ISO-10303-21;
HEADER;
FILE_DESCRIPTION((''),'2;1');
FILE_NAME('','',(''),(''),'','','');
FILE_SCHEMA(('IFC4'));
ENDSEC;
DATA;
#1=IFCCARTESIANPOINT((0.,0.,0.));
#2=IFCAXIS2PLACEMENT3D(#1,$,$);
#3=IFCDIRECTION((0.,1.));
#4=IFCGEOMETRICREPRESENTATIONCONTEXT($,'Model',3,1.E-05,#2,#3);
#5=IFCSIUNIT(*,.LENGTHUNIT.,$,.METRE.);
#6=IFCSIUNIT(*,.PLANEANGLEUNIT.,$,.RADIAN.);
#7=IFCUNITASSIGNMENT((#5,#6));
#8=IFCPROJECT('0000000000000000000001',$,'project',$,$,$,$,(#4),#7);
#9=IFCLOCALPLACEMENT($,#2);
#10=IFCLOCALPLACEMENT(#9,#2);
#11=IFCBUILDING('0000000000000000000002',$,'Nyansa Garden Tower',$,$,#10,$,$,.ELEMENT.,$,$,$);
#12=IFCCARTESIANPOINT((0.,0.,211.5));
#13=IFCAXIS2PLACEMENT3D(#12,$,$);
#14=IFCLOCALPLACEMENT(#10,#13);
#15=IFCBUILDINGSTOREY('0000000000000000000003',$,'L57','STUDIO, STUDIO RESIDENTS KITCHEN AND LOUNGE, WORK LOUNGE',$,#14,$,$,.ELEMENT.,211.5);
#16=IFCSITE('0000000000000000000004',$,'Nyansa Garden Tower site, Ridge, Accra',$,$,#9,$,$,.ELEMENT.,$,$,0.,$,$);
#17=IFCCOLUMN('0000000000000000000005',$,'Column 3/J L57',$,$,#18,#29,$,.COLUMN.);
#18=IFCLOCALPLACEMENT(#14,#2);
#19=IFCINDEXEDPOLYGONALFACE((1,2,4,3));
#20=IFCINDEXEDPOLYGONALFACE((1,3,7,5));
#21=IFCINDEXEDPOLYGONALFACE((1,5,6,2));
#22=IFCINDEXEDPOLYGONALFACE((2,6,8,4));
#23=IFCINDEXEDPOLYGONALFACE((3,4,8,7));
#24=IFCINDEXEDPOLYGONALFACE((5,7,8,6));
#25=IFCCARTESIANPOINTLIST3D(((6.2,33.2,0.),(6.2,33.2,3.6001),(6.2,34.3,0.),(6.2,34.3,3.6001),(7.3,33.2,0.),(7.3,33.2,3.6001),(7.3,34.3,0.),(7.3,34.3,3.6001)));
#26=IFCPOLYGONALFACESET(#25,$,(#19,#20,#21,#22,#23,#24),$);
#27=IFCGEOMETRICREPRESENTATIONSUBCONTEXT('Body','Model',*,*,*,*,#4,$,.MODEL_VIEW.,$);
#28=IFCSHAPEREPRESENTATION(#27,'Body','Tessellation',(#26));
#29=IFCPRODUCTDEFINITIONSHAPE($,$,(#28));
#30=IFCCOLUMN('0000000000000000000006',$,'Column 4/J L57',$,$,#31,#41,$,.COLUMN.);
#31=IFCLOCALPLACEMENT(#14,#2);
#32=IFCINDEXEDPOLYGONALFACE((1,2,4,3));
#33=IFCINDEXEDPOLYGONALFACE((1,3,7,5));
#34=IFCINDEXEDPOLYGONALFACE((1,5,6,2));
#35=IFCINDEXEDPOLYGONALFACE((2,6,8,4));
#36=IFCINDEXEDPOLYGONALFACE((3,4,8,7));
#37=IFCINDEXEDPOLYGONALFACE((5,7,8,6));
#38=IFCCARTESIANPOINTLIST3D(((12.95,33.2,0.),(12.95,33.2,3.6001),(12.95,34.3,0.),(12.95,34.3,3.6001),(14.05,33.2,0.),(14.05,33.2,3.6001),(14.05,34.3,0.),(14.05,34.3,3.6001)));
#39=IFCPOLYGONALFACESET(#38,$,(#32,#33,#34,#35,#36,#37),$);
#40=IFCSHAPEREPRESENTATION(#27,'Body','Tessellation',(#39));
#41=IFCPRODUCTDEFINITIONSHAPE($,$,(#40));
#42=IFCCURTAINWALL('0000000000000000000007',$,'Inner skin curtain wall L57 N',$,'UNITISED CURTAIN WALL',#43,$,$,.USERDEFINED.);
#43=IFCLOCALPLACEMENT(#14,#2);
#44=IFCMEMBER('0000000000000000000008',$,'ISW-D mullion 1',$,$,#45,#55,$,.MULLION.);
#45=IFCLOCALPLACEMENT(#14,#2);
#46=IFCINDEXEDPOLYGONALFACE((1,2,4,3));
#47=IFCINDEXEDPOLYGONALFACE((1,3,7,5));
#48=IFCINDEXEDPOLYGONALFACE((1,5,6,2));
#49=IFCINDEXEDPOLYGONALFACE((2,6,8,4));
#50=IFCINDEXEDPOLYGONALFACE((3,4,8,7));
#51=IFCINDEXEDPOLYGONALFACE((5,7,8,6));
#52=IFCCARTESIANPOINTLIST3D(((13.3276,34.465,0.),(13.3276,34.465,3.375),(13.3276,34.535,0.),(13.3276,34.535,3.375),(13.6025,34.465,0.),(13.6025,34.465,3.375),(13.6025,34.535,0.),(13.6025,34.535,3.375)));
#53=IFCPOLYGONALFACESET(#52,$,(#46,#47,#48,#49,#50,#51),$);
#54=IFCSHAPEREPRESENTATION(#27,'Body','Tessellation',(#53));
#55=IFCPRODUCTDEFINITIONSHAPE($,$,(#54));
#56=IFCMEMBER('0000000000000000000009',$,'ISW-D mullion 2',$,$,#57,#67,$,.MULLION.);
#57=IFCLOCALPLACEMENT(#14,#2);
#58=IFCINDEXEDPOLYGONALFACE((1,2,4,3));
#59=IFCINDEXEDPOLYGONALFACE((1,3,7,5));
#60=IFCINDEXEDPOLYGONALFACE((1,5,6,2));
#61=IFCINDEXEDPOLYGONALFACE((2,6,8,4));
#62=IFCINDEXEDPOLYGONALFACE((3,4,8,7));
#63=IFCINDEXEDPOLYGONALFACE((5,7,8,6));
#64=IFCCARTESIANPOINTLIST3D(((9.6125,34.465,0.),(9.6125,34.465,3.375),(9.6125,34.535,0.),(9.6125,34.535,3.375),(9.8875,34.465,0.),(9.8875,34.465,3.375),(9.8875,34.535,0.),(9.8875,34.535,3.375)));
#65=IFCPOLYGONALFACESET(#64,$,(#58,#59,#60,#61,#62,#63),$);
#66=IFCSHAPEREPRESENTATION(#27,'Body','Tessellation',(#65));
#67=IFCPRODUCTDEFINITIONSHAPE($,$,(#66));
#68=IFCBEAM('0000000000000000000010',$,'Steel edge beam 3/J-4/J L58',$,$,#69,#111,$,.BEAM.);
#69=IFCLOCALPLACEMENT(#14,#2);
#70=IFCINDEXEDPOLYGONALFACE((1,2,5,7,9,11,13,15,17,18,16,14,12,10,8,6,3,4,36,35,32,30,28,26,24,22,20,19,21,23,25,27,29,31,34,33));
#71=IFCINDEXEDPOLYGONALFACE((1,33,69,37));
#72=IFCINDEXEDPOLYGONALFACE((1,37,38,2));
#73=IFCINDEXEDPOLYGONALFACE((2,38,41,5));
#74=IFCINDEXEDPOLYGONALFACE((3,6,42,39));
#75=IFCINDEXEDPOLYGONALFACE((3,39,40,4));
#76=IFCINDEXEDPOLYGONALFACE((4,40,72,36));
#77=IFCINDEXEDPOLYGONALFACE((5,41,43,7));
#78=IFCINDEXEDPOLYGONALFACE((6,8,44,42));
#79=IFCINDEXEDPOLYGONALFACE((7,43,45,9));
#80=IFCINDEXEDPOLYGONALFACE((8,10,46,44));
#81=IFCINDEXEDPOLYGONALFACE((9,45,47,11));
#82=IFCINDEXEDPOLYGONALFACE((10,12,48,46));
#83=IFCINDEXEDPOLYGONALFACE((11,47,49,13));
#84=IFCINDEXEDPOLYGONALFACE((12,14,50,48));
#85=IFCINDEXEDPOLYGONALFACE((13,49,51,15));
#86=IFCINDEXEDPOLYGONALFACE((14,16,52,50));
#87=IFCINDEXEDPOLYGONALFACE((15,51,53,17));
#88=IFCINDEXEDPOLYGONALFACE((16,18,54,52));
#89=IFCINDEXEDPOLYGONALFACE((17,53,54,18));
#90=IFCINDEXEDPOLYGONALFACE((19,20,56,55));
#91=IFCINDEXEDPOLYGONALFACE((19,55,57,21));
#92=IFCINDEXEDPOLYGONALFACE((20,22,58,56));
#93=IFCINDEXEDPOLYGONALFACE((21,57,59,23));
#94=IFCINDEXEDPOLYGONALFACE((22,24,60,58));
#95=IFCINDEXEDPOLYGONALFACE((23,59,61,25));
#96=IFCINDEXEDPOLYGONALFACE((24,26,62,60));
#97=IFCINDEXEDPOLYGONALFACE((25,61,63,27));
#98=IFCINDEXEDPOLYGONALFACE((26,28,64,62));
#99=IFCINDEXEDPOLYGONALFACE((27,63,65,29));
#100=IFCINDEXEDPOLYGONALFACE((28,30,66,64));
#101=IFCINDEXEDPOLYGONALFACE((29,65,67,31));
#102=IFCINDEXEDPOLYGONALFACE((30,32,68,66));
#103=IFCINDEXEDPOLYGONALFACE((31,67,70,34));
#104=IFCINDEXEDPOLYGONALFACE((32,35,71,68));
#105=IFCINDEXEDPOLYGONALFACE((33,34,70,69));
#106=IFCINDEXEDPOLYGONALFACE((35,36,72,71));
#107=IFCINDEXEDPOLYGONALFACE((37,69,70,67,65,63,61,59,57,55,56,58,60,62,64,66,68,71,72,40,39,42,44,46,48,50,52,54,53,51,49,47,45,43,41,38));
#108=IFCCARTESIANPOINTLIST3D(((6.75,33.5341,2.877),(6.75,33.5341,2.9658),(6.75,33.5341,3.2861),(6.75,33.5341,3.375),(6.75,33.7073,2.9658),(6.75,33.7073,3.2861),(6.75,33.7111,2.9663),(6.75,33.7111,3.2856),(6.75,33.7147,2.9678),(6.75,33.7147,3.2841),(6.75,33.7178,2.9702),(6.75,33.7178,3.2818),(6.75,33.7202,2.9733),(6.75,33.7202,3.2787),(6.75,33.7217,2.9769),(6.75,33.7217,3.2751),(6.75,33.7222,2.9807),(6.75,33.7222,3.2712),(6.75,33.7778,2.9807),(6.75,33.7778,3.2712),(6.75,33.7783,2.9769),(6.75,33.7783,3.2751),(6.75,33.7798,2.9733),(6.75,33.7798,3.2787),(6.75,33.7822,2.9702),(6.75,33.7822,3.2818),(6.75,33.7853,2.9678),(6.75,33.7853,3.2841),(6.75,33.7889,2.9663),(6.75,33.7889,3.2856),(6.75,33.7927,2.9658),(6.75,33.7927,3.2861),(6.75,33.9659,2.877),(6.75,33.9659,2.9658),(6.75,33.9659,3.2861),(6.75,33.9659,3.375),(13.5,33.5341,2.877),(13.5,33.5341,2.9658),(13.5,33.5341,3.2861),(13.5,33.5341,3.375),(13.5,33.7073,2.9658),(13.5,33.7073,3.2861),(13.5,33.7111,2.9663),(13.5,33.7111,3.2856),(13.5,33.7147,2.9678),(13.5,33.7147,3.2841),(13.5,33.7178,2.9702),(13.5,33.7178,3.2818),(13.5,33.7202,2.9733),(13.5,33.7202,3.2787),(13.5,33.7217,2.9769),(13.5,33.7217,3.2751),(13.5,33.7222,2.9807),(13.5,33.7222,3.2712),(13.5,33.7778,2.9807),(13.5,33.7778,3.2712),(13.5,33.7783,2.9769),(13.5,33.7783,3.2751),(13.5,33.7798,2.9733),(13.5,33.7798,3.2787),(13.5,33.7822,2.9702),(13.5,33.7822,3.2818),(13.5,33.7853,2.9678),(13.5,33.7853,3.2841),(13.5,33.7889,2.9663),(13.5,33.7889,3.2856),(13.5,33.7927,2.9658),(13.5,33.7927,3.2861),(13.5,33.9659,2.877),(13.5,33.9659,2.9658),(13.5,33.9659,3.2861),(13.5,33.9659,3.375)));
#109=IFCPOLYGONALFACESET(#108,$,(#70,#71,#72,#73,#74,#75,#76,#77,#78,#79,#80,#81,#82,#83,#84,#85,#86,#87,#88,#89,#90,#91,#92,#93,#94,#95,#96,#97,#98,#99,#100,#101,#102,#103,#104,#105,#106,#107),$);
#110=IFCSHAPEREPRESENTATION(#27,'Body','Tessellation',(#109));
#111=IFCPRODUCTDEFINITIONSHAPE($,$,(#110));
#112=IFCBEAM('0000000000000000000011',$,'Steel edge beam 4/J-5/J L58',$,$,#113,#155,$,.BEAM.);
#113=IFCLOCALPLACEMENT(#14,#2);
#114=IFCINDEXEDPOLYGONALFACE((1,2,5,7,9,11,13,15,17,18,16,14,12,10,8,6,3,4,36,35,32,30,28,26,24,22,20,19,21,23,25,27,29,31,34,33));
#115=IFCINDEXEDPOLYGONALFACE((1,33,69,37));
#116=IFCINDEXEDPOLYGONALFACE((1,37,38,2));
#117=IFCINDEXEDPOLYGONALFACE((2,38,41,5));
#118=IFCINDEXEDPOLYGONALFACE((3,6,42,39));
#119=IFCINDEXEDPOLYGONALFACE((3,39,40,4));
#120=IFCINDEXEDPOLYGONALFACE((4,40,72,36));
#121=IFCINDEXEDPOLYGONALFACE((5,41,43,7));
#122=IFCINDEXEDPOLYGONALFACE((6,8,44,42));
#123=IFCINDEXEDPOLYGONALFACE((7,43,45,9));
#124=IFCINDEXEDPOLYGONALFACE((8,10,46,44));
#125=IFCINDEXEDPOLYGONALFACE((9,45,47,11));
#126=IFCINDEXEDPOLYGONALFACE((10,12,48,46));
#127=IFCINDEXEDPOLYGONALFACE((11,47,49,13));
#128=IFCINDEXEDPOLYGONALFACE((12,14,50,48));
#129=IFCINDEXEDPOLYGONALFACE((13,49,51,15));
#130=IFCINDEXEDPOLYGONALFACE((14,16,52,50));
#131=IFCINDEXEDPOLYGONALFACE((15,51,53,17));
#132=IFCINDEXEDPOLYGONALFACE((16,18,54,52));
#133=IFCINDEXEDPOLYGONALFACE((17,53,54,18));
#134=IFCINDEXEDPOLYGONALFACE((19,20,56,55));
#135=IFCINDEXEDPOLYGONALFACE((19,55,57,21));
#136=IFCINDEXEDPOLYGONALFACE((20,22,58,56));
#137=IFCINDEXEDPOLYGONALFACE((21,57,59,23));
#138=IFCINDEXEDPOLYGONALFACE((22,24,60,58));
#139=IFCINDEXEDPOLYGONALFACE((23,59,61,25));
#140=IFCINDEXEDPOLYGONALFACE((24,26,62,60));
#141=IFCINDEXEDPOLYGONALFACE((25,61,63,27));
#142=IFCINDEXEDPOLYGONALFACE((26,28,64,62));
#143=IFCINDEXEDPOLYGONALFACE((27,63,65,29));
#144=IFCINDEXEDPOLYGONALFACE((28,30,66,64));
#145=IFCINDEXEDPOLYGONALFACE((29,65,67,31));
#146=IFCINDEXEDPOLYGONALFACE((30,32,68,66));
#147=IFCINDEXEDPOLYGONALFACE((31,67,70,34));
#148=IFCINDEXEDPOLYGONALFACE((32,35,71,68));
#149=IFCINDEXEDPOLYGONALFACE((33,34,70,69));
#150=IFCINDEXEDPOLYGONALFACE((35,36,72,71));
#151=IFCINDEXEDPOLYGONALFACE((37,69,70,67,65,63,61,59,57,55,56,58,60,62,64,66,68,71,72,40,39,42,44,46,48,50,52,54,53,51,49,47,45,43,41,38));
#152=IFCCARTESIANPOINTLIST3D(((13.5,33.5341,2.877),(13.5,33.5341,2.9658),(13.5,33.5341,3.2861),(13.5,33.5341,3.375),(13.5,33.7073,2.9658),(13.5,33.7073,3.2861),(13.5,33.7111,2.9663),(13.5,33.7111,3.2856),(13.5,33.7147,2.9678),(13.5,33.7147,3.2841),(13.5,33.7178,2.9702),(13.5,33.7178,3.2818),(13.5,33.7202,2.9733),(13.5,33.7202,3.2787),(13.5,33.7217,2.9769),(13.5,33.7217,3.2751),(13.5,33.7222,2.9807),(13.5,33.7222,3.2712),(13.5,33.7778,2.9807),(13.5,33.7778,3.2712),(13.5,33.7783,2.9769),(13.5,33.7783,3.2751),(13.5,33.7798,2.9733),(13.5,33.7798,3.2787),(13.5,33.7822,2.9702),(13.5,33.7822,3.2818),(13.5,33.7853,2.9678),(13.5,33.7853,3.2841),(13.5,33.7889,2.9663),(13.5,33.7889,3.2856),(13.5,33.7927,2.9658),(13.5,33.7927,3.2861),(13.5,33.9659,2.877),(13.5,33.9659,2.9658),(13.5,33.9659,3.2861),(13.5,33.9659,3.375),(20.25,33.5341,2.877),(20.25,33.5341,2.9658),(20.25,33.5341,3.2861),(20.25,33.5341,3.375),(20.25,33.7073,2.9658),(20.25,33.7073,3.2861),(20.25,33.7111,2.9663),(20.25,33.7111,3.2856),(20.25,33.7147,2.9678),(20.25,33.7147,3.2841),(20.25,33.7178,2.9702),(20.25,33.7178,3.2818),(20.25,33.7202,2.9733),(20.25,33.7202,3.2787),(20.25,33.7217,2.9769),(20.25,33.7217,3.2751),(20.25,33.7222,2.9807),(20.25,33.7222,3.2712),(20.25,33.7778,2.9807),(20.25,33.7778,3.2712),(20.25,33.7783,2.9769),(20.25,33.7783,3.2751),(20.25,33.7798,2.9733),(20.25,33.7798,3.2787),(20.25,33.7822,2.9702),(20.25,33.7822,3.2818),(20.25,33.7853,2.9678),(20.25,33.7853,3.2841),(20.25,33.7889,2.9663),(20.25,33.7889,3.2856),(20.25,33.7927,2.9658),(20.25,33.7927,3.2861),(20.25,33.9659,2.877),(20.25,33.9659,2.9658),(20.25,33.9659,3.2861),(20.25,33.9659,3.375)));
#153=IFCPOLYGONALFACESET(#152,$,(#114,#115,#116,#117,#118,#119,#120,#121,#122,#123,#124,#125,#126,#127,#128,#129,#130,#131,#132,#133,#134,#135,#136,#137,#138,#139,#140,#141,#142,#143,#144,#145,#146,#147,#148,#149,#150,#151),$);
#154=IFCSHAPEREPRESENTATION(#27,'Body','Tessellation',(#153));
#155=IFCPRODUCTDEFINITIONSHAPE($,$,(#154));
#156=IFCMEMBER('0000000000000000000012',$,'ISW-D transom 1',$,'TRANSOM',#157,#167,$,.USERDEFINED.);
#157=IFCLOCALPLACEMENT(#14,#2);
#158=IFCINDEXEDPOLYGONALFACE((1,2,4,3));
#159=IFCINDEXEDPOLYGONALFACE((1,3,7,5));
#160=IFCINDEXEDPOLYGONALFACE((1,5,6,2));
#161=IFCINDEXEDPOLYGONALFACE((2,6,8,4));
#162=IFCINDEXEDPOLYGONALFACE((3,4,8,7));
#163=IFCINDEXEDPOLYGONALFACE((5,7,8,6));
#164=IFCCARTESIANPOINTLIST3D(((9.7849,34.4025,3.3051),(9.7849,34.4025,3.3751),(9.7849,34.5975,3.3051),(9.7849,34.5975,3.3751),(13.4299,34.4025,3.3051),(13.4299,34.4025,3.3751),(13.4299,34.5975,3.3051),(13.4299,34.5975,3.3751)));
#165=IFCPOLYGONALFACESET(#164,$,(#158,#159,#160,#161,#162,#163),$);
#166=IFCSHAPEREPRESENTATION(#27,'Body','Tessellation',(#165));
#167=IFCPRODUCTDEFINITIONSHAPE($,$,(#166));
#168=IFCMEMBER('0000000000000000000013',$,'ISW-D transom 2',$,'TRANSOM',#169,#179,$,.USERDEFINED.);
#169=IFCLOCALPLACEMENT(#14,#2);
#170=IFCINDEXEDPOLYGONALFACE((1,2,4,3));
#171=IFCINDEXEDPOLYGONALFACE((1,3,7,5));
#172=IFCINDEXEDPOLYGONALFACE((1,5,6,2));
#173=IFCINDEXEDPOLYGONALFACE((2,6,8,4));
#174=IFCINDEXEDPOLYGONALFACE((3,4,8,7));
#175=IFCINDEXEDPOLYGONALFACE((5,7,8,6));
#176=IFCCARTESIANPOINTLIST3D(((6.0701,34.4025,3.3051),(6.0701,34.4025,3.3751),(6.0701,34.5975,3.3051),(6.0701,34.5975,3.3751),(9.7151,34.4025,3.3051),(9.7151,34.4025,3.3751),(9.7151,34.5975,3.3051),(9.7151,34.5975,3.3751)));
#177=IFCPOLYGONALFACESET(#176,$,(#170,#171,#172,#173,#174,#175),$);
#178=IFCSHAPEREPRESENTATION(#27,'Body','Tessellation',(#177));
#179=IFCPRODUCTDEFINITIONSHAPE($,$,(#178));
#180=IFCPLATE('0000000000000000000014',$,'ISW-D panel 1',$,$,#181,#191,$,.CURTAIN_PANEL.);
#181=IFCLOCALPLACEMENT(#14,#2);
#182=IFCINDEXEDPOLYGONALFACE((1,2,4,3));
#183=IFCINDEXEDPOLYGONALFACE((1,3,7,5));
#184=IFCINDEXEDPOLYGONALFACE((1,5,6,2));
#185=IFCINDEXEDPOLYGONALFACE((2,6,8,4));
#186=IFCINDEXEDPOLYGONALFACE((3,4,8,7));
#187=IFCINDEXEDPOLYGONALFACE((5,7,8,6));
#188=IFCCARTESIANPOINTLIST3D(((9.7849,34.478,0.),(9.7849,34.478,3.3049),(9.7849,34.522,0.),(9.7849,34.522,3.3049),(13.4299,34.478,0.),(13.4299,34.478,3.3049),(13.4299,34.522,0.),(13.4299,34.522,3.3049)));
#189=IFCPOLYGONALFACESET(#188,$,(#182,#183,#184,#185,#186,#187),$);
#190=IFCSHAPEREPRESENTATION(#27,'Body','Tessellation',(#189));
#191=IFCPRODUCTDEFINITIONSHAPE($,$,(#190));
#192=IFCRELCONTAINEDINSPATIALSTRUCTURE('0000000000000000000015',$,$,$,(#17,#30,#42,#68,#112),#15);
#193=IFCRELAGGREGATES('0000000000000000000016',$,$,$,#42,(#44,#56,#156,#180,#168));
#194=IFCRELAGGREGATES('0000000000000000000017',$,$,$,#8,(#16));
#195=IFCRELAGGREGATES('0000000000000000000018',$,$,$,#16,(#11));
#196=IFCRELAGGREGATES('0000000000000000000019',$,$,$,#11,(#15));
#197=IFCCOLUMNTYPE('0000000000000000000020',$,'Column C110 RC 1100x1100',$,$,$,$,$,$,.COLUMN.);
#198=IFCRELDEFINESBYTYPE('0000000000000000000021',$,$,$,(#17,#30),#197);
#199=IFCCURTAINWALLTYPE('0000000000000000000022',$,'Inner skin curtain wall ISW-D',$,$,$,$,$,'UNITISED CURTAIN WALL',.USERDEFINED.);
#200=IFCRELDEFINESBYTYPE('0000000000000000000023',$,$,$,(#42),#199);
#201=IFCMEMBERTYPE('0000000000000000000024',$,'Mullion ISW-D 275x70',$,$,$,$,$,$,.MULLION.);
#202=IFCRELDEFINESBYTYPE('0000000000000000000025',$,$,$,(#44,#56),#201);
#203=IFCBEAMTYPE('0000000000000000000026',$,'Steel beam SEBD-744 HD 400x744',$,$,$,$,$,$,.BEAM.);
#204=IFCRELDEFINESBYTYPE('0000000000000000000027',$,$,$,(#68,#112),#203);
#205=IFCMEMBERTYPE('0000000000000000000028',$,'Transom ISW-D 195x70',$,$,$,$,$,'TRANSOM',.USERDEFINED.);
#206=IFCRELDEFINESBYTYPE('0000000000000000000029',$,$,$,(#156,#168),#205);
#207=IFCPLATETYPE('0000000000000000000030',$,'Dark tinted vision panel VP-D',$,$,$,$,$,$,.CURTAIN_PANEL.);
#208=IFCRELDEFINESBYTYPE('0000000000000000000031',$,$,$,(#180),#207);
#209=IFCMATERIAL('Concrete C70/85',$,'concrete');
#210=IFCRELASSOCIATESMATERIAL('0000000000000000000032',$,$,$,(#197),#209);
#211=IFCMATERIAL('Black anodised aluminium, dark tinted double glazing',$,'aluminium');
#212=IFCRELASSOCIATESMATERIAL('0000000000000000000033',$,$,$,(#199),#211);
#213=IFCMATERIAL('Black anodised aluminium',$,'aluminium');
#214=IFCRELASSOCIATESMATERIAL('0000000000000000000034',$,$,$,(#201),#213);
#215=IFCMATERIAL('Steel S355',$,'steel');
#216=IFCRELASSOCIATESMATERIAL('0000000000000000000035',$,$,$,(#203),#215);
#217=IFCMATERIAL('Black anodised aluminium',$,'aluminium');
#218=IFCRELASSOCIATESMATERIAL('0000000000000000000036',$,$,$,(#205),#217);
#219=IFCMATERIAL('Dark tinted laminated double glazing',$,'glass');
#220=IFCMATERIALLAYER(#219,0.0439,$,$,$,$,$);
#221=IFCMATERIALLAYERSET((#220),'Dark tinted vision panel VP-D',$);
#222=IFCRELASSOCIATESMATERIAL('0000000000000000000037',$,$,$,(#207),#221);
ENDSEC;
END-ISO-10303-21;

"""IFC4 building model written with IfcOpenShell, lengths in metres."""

from ifc_helpers import new_model, si_unit, direction, frame, origin, origin_2d, place, context, subcontext, project, spatial, rectangle, i_section, extrude, material, layer, layer_set, material_profile, profile_set, type_object, element, aggregate, save


model = new_model("IFC4")

# Units and contexts
model_context = context("Model", 3, precision=1e-05, world=origin(), true_north=direction((0.0, 1.0)))
body_context = subcontext(model_context, "Body", "Model", "MODEL_VIEW")
ifc_project = project(units=[si_unit("LENGTHUNIT", "METRE"), si_unit("PLANEANGLEUNIT", "RADIAN")], contexts=[model_context])

# Site, building, storey
site_placement = place(None, origin())
site = spatial("IfcSite", under=ifc_project, at=site_placement, Name="Nyansa Garden Tower site, Ridge, Accra", CompositionType="ELEMENT", RefElevation=0.0)
building_placement = place(site_placement, origin())
building = spatial("IfcBuilding", under=site, at=building_placement, Name="Nyansa Garden Tower", CompositionType="ELEMENT")
storey_placement = place(building_placement, frame((0.0, 0.0, 211.5)))
storey = spatial("IfcBuildingStorey", under=building, at=storey_placement, Name="L57", Description="STUDIO, STUDIO RESIDENTS KITCHEN AND LOUNGE, WORK LOUNGE", CompositionType="ELEMENT", Elevation=211.5)

# Columns
ifc_material_1 = material(Name="Concrete C70/85", Category="concrete")
ifc_material_profile_1 = material_profile(ifc_material_1, rectangle(XDim=1.1001, YDim=1.1001, at=origin_2d()), Name="RC 1100x1100")
ifc_profile_set_1 = profile_set([ifc_material_profile_1], Name="Concrete C70/85")
column_type = type_object("IfcColumnType", Name="Column C110 RC 1100x1100", PredefinedType="COLUMN", material=ifc_profile_set_1)
for number, where, z_axis, x_axis, name in (
    (1, (6.75, 33.75, 0.0), (0.0, 0.0, 1.0), (1.0, 0.0, 0.0), "Column 3/J L57"),
    (2, (13.5, 33.75, 0.0), (0.0, 0.0, 1.0), (1.0, 0.0, 0.0), "Column 4/J L57"),
):
    element("IfcColumn", number, at=place(storey_placement, frame(where, z_axis=z_axis, x_axis=x_axis)), inside=storey, type_object=column_type, Name=name, PredefinedType="COLUMN", context=body_context, shape_type="SweptSolid", body=[
        extrude(rectangle(XDim=1.1001, YDim=1.1001, at=origin_2d()), origin(), (0.0, 0.0, 1.0), 3.6001),
    ])

# Curtain wall, members
ifc_material_2 = material(Name="Black anodised aluminium, dark tinted double glazing", Category="aluminium")
curtain_wall_type = type_object("IfcCurtainWallType", Name="Inner skin curtain wall ISW-D", ElementType="UNITISED CURTAIN WALL", PredefinedType="USERDEFINED", material=ifc_material_2)
curtain_wall_placement = place(storey_placement, origin())
curtain_wall = element("IfcCurtainWall", 3, at=curtain_wall_placement, inside=storey, type_object=curtain_wall_type, Name="Inner skin curtain wall L57 N", ObjectType="UNITISED CURTAIN WALL", PredefinedType="USERDEFINED")
ifc_material_3 = material(Name="Black anodised aluminium", Category="aluminium")
ifc_material_profile_2 = material_profile(ifc_material_3, rectangle(XDim=0.0701, YDim=0.2749, at=origin_2d()), Name="Mullion 275x70")
ifc_profile_set_2 = profile_set([ifc_material_profile_2], Name="Black anodised aluminium")
member_type_1 = type_object("IfcMemberType", Name="Mullion ISW-D 275x70", PredefinedType="MULLION", material=ifc_profile_set_2)
member_1_placement = place(storey_placement, frame((13.4651, 34.5, 0.0), z_axis=(0.0, 0.0, 1.0), x_axis=(0.0, -1.0, 0.0)))
member_1 = element("IfcMember", 4, at=member_1_placement, type_object=member_type_1, Name="ISW-D mullion 1", PredefinedType="MULLION", context=body_context, shape_type="SweptSolid", body=[
    extrude(rectangle(XDim=0.0701, YDim=0.2749, at=origin_2d()), origin(), (0.0, 0.0, 1.0), 3.375),
])
member_2_placement = place(storey_placement, frame((9.75, 34.5, 0.0), z_axis=(0.0, 0.0, 1.0), x_axis=(0.0, -1.0, 0.0)))
member_2 = element("IfcMember", 5, at=member_2_placement, type_object=member_type_1, Name="ISW-D mullion 2", PredefinedType="MULLION", context=body_context, shape_type="SweptSolid", body=[
    extrude(rectangle(XDim=0.0701, YDim=0.2749, at=origin_2d()), origin(), (0.0, 0.0, 1.0), 3.375),
])

# Beams
ifc_material_4 = material(Name="Steel S355", Category="steel")
ifc_material_profile_3 = material_profile(ifc_material_4, i_section(OverallWidth=0.4319, OverallDepth=0.498, WebThickness=0.0557, FlangeThickness=0.0889, FilletRadius=0.0149, at=origin_2d()), Name="HD 400x744")
ifc_profile_set_3 = profile_set([ifc_material_profile_3], Name="Steel S355")
beam_type = type_object("IfcBeamType", Name="Steel beam SEBD-744 HD 400x744", PredefinedType="BEAM", material=ifc_profile_set_3)
for number, where, z_axis, x_axis, name in (
    (6, (6.75, 33.75, 3.126), (1.0, 0.0, 0.0), (0.0, 1.0, 0.0), "Steel edge beam 3/J-4/J L58"),
    (7, (13.5, 33.75, 3.126), (1.0, 0.0, 0.0), (0.0, 1.0, 0.0), "Steel edge beam 4/J-5/J L58"),
):
    element("IfcBeam", number, at=place(storey_placement, frame(where, z_axis=z_axis, x_axis=x_axis)), inside=storey, type_object=beam_type, Name=name, PredefinedType="BEAM", context=body_context, shape_type="SweptSolid", body=[
        extrude(i_section(OverallWidth=0.4319, OverallDepth=0.498, WebThickness=0.0557, FlangeThickness=0.0889, FilletRadius=0.0149, at=origin_2d()), origin(), (0.0, 0.0, 1.0), 6.75),
    ])

# Members
ifc_material_5 = material(Name="Black anodised aluminium", Category="aluminium")
ifc_material_profile_4 = material_profile(ifc_material_5, rectangle(XDim=0.1951, YDim=0.0701, at=origin_2d()), Name="Transom 195x70")
ifc_profile_set_4 = profile_set([ifc_material_profile_4], Name="Black anodised aluminium")
member_type_2 = type_object("IfcMemberType", Name="Transom ISW-D 195x70", ElementType="TRANSOM", PredefinedType="USERDEFINED", material=ifc_profile_set_4)
member_3_placement = place(storey_placement, frame((13.4299, 34.5, 3.3401), z_axis=(-1.0, 0.0, 0.0), x_axis=(0.0, -1.0, 0.0)))
member_3 = element("IfcMember", 8, at=member_3_placement, type_object=member_type_2, Name="ISW-D transom 1", ObjectType="TRANSOM", PredefinedType="USERDEFINED", context=body_context, shape_type="SweptSolid", body=[
    extrude(rectangle(XDim=0.1951, YDim=0.0701, at=origin_2d()), origin(), (0.0, 0.0, 1.0), 3.645),
])
member_4_placement = place(storey_placement, frame((9.7151, 34.5, 3.3401), z_axis=(-1.0, 0.0, 0.0), x_axis=(0.0, -1.0, 0.0)))
member_4 = element("IfcMember", 9, at=member_4_placement, type_object=member_type_2, Name="ISW-D transom 2", ObjectType="TRANSOM", PredefinedType="USERDEFINED", context=body_context, shape_type="SweptSolid", body=[
    extrude(rectangle(XDim=0.1951, YDim=0.0701, at=origin_2d()), origin(), (0.0, 0.0, 1.0), 3.645),
])

# Plate
ifc_material_6 = material(Name="Dark tinted laminated double glazing", Category="glass")
ifc_layer_1 = layer(ifc_material_6, 0.0439)
ifc_layer_set_1 = layer_set([ifc_layer_1], Name="Dark tinted vision panel VP-D")
plate_type = type_object("IfcPlateType", Name="Dark tinted vision panel VP-D", PredefinedType="CURTAIN_PANEL", material=ifc_layer_set_1)
plate_1_placement = place(storey_placement, frame((11.6074, 34.5, 0.0), z_axis=(0.0, 0.0, 1.0), x_axis=(-1.0, 0.0, 0.0)))
plate_1 = element("IfcPlate", 10, at=plate_1_placement, type_object=plate_type, Name="ISW-D panel 1", PredefinedType="CURTAIN_PANEL", context=body_context, shape_type="SweptSolid", body=[
    extrude(rectangle(XDim=3.645, YDim=0.0439, at=origin_2d()), origin(), (0.0, 0.0, 1.0), 3.3049),
])
aggregate(curtain_wall, [member_1, member_2, member_3, plate_1, member_4])

save(model, "model.ifc")
